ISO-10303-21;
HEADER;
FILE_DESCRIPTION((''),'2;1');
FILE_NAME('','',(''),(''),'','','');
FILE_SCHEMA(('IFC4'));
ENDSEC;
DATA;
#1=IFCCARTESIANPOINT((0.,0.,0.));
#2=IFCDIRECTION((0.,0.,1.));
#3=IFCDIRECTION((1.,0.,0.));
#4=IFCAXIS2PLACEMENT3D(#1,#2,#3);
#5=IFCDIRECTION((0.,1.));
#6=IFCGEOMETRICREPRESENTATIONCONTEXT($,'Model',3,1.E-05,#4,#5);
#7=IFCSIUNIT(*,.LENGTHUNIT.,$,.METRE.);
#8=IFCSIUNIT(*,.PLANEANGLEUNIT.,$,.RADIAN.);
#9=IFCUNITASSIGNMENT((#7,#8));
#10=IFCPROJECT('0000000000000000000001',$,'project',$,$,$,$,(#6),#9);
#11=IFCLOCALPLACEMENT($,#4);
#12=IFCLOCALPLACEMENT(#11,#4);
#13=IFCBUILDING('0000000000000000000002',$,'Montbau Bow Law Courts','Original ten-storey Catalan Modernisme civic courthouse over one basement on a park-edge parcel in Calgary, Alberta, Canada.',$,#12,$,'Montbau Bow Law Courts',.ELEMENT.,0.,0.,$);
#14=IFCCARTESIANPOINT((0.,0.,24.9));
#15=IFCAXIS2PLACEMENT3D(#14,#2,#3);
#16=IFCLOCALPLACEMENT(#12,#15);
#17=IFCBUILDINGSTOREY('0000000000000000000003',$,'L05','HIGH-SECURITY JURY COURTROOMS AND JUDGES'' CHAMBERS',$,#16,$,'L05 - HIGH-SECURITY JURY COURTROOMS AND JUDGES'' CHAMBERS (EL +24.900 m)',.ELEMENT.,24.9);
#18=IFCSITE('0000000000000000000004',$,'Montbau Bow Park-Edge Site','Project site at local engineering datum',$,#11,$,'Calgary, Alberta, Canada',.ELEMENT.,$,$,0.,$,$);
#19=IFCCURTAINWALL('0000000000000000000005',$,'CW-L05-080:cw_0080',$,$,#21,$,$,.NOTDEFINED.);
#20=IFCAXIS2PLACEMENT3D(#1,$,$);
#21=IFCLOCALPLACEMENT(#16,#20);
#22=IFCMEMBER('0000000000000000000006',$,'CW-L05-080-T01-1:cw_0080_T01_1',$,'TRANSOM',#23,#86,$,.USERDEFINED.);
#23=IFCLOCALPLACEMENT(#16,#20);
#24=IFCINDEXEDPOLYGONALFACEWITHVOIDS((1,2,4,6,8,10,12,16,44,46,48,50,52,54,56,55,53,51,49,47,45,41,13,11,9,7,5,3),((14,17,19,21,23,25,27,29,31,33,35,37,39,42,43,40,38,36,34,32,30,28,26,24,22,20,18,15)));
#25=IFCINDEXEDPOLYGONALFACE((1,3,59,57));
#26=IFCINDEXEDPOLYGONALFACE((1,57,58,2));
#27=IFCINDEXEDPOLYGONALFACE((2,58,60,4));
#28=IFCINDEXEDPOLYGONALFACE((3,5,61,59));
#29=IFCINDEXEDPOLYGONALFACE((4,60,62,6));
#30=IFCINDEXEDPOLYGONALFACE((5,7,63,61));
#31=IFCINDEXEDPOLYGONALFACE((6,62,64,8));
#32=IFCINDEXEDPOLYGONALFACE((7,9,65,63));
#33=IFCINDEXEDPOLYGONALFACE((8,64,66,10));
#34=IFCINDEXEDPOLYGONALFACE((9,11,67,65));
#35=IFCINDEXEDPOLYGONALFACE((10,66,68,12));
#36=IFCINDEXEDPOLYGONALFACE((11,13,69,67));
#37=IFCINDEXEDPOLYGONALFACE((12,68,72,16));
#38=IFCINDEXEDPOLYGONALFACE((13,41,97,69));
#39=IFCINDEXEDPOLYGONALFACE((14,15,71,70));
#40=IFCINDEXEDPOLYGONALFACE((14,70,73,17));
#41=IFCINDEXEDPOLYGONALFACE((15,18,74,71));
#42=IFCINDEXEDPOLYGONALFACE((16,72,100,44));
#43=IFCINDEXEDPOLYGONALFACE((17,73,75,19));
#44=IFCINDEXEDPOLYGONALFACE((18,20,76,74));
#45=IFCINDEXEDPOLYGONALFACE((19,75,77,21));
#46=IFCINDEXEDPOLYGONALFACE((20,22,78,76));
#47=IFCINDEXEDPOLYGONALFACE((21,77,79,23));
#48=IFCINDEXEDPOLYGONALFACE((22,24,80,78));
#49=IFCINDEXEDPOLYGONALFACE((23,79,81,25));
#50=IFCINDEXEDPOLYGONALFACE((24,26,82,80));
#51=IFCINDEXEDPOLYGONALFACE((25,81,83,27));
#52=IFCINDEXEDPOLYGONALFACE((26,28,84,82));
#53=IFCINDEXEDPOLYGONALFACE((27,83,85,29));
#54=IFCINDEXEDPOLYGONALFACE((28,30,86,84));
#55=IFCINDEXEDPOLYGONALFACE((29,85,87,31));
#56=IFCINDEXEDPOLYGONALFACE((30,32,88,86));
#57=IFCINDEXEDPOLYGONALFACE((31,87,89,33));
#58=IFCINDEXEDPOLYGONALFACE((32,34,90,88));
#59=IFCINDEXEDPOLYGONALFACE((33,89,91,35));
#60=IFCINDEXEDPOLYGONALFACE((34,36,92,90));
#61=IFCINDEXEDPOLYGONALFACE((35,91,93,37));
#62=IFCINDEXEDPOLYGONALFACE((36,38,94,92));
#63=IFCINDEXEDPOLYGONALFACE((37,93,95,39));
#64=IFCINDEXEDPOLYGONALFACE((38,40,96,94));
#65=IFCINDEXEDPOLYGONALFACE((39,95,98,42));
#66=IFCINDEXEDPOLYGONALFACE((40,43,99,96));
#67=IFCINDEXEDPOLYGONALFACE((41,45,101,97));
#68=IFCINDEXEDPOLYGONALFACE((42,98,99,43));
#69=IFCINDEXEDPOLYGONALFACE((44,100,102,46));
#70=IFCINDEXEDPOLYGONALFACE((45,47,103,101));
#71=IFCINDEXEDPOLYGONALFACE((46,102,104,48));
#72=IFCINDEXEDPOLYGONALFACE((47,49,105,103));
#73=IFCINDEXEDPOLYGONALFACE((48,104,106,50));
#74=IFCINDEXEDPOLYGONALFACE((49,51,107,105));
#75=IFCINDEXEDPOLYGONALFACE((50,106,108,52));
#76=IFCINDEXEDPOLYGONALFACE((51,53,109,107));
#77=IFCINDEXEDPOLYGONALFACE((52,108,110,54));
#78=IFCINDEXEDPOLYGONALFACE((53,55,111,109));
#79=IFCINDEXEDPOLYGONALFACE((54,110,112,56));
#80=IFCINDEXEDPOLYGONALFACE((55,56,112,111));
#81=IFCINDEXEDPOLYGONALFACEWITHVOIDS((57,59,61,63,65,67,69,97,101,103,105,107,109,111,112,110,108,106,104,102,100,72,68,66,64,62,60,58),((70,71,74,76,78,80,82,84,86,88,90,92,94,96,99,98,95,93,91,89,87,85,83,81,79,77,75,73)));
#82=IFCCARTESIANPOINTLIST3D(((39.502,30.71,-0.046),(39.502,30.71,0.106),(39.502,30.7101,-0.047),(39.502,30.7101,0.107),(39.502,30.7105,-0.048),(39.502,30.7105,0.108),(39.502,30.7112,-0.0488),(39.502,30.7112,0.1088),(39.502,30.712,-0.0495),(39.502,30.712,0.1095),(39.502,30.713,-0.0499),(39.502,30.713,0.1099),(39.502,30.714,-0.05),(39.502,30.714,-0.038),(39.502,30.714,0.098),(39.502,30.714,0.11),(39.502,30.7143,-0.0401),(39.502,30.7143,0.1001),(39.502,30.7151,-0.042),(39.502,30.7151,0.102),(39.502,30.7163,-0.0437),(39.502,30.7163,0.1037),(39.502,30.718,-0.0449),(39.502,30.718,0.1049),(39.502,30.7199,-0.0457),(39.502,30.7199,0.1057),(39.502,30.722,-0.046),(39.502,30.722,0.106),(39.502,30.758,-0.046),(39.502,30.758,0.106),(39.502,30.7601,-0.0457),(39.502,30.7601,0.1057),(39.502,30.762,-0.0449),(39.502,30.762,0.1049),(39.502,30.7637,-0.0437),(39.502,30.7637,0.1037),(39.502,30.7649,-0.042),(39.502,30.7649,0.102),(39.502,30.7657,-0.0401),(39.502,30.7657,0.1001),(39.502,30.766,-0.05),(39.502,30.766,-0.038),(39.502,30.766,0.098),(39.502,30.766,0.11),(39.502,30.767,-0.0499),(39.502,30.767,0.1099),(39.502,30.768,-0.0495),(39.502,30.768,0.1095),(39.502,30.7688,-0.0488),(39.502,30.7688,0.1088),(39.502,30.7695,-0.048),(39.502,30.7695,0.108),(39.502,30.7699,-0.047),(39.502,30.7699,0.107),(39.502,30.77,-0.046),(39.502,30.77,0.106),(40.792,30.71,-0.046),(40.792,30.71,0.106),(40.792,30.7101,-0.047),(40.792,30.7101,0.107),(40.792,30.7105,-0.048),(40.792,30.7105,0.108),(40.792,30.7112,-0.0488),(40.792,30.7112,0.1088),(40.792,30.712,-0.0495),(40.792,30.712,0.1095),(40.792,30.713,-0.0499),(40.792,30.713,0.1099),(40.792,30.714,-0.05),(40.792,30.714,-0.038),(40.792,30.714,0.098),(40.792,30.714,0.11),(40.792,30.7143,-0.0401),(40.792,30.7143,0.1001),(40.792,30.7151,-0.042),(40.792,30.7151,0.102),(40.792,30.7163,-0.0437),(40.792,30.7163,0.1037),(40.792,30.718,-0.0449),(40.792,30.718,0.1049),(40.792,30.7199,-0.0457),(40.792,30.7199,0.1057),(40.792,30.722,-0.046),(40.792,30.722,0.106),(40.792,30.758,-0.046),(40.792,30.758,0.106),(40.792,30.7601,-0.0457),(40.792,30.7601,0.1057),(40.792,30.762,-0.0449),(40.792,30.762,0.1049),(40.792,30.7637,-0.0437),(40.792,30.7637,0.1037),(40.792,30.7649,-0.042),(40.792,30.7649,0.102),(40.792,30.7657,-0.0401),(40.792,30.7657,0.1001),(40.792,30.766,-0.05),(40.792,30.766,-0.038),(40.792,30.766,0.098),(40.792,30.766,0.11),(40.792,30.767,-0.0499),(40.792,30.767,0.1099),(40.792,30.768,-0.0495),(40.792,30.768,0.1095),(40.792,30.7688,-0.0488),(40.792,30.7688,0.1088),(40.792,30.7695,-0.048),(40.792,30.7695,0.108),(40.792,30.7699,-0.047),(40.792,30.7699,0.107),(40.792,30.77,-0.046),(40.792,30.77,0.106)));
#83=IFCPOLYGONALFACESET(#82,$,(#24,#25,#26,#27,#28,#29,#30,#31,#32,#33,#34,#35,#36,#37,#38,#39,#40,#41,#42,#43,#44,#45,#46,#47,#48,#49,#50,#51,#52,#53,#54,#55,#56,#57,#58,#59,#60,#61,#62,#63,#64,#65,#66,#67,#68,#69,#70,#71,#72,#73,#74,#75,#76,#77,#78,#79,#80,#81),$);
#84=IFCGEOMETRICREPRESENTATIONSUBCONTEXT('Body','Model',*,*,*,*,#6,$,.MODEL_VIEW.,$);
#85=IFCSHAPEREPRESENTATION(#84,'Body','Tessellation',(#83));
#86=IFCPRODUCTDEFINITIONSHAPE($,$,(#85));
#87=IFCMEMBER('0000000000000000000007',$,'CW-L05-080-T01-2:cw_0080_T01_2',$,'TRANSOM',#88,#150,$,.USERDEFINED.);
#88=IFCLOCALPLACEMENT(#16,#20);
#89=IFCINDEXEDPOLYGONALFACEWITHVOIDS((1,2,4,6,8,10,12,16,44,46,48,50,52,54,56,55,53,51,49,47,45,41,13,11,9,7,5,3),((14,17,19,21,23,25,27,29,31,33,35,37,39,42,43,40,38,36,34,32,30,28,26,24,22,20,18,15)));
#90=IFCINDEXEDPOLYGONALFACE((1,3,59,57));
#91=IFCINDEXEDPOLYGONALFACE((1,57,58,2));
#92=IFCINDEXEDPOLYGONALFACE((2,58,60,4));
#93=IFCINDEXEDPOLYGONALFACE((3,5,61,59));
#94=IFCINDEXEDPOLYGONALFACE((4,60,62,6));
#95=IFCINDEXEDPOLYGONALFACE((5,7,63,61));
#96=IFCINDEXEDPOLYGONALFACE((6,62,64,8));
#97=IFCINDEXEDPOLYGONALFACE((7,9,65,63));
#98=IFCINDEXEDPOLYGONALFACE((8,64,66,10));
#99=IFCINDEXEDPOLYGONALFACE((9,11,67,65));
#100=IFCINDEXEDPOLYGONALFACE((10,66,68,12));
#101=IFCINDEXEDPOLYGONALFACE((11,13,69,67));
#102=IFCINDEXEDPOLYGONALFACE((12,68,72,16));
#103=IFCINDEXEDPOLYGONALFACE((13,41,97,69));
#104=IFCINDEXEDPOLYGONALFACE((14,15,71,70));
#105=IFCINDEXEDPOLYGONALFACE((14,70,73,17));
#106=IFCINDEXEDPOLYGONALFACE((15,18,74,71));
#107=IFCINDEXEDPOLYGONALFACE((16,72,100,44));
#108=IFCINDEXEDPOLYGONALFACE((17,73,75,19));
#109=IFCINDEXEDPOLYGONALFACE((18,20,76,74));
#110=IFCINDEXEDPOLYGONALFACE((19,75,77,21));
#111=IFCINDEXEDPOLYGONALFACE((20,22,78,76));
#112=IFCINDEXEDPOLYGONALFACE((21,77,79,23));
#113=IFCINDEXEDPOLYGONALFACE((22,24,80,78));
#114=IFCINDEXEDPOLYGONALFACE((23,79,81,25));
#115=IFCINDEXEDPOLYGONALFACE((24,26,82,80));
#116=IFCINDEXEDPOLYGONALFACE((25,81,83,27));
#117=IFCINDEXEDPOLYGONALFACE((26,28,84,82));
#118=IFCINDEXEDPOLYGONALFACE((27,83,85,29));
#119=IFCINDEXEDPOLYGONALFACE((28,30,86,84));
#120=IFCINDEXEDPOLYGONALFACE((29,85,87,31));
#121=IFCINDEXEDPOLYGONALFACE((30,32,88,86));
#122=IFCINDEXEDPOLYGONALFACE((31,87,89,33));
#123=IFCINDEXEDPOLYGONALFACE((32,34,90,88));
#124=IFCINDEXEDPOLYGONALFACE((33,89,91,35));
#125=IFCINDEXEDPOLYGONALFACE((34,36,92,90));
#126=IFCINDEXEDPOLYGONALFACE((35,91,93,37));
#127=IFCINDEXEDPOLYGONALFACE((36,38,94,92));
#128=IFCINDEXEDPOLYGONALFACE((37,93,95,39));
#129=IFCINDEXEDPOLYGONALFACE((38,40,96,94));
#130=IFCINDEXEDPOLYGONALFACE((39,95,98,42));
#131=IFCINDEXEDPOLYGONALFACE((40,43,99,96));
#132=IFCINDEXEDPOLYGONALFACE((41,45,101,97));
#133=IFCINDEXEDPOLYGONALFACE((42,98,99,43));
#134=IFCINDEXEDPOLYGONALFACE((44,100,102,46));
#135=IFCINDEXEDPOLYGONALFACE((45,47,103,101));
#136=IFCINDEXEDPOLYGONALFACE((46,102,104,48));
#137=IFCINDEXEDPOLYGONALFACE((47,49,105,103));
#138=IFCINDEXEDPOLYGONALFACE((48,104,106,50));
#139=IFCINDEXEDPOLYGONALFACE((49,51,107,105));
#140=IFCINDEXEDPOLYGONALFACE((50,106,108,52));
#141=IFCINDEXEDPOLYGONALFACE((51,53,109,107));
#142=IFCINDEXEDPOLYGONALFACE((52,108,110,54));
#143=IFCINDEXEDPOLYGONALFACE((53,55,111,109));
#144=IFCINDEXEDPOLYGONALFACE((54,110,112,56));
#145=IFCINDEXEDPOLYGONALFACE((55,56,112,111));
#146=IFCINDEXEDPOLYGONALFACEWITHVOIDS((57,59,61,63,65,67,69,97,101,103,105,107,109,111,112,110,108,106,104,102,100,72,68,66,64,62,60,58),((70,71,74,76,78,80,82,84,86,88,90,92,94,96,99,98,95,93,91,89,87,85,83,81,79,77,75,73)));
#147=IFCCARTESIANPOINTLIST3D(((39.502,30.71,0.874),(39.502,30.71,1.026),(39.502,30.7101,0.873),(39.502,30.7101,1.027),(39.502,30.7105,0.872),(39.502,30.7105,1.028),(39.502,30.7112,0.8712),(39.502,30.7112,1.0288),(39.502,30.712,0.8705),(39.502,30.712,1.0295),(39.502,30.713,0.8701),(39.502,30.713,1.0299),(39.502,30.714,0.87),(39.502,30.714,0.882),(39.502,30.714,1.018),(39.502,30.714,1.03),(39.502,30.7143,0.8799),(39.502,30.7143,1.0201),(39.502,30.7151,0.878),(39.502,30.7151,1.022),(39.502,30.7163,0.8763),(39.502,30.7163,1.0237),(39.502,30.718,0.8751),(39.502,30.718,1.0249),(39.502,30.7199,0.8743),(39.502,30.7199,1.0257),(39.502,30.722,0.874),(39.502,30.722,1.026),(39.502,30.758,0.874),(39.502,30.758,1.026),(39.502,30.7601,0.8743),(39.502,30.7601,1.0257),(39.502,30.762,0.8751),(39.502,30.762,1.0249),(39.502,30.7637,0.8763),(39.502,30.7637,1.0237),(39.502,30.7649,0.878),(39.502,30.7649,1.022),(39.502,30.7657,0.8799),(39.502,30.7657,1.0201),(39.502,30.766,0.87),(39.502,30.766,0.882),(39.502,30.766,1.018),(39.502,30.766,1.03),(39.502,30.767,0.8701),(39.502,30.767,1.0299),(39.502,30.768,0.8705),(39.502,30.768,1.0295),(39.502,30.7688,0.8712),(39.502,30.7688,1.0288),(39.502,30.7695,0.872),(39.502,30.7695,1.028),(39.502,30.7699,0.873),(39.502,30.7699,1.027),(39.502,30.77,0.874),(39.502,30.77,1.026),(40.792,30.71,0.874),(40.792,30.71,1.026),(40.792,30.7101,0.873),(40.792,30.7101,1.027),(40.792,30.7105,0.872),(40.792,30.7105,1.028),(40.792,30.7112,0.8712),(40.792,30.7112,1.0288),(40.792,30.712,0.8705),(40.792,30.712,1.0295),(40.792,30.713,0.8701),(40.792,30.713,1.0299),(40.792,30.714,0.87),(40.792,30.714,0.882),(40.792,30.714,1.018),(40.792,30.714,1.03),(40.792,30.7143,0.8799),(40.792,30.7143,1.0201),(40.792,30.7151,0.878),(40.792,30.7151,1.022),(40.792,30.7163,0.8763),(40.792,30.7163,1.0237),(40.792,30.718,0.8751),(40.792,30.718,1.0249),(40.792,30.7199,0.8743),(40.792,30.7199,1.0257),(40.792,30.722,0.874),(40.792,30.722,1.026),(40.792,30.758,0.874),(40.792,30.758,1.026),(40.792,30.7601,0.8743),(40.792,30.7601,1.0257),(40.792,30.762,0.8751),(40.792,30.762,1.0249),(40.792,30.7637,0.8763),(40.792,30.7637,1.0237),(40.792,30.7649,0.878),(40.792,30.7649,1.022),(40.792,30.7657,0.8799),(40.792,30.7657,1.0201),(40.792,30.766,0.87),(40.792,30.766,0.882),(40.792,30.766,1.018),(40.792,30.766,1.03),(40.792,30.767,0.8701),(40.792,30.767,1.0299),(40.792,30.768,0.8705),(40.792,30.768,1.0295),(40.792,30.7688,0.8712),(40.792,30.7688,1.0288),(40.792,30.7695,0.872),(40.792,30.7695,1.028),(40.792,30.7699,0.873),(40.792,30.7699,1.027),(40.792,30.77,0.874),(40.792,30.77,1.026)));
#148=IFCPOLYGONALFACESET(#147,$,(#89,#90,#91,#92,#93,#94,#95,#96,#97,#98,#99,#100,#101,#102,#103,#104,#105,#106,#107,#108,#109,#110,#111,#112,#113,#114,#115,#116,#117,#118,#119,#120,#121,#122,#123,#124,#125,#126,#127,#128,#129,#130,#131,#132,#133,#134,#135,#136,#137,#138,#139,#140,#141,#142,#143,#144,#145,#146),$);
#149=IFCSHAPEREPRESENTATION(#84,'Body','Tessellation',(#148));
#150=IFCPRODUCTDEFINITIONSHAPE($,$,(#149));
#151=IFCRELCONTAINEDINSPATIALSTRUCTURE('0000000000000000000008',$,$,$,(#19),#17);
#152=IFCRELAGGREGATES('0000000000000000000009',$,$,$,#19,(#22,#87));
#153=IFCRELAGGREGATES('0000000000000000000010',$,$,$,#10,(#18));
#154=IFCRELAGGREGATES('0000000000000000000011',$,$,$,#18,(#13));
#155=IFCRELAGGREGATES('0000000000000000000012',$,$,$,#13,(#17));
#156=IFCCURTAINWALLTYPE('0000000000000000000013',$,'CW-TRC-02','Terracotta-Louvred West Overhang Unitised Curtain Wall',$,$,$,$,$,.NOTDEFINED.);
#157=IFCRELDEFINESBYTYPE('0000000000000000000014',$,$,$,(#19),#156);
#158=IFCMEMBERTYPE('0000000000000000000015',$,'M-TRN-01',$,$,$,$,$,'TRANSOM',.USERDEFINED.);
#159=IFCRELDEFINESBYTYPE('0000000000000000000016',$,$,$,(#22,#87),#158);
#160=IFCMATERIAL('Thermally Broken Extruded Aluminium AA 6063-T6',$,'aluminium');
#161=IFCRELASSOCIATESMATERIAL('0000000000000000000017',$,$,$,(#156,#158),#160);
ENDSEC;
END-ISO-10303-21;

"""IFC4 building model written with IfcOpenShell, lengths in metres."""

from ifc_helpers import new_model, si_unit, direction, frame, origin_with_axes, origin_2d_with_axis, place, context, subcontext, project, spatial, hollow_rectangle, extrude, material, material_profile, profile_set, type_object, element, aggregate, save


model = new_model("IFC4")

# Units and contexts
model_context = context("Model", 3, precision=1e-05, world=origin_with_axes(), true_north=direction((0.0, 1.0)))
body_context = subcontext(model_context, "Body", "Model", "MODEL_VIEW")
ifc_project = project(units=[si_unit("LENGTHUNIT", "METRE"), si_unit("PLANEANGLEUNIT", "RADIAN")], contexts=[model_context])

# Site, building, storey
site_placement = place(None, origin_with_axes())
site = spatial("IfcSite", under=ifc_project, at=site_placement, Name="Montbau Bow Park-Edge Site", Description="Project site at local engineering datum", LongName="Calgary, Alberta, Canada", CompositionType="ELEMENT", RefElevation=0.0)
building_placement = place(site_placement, origin_with_axes())
building = spatial("IfcBuilding", under=site, at=building_placement, Name="Montbau Bow Law Courts", Description="Original ten-storey Catalan Modernisme civic courthouse over one basement on a park-edge parcel in Calgary, Alberta, Canada.", LongName="Montbau Bow Law Courts", CompositionType="ELEMENT", ElevationOfRefHeight=0.0, ElevationOfTerrain=0.0)
storey_placement = place(building_placement, frame((0.0, 0.0, 24.9), z_axis=(0.0, 0.0, 1.0), x_axis=(1.0, 0.0, 0.0)))
storey = spatial("IfcBuildingStorey", under=building, at=storey_placement, Name="L05", Description="HIGH-SECURITY JURY COURTROOMS AND JUDGES' CHAMBERS", LongName="L05 - HIGH-SECURITY JURY COURTROOMS AND JUDGES' CHAMBERS (EL +24.900 m)", CompositionType="ELEMENT", Elevation=24.9)

# Curtain wall, members
ifc_material_1 = material(Name="Thermally Broken Extruded Aluminium AA 6063-T6", Category="aluminium")
curtain_wall_type = type_object("IfcCurtainWallType", Name="CW-TRC-02", Description="Terracotta-Louvred West Overhang Unitised Curtain Wall", PredefinedType="NOTDEFINED", material=ifc_material_1)
curtain_wall_placement = place(None, frame((39.44, 30.74, 24.9), z_axis=(0.0, 0.0, 1.0), x_axis=(1.0, 0.0, 0.0)))
curtain_wall = element("IfcCurtainWall", 1, at=curtain_wall_placement, inside=storey, type_object=curtain_wall_type, Name="CW-L05-080:cw_0080", PredefinedType="NOTDEFINED")
ifc_material_profile_1 = material_profile(ifc_material_1, hollow_rectangle(XDim=0.06, YDim=0.16, WallThickness=0.004, InnerFilletRadius=0.008, OuterFilletRadius=0.004, at=origin_2d_with_axis()), Name="CWT-160X60", Category="Main", Priority=0)
ifc_profile_set_1 = profile_set([ifc_material_profile_1], Name="Thermally Broken Extruded Aluminium AA 6063-T6")
member_type_1 = type_object("IfcMemberType", Name="M-TRN-01", ElementType="TRANSOM", PredefinedType="USERDEFINED", material=ifc_profile_set_1)
member_1_placement = place(None, frame((39.502, 30.74, 24.93), z_axis=(1.0, 0.0, 0.0), x_axis=(0.0, 1.0, 0.0)))
member_1 = element("IfcMember", 2, at=member_1_placement, type_object=member_type_1, Name="CW-L05-080-T01-1:cw_0080_T01_1", ObjectType="TRANSOM", PredefinedType="USERDEFINED", context=body_context, shape_type="SweptSolid", body=[
    extrude(hollow_rectangle(XDim=0.06, YDim=0.16, WallThickness=0.004, InnerFilletRadius=0.008, OuterFilletRadius=0.004, at=origin_2d_with_axis()), origin_with_axes(), (0.0, 0.0, 1.0), 1.29),
])
member_2_placement = place(None, frame((39.502, 30.74, 25.85), z_axis=(1.0, 0.0, 0.0), x_axis=(0.0, 1.0, 0.0)))
member_2 = element("IfcMember", 3, at=member_2_placement, type_object=member_type_1, Name="CW-L05-080-T01-2:cw_0080_T01_2", ObjectType="TRANSOM", PredefinedType="USERDEFINED", context=body_context, shape_type="SweptSolid", body=[
    extrude(hollow_rectangle(XDim=0.06, YDim=0.16, WallThickness=0.004, InnerFilletRadius=0.008, OuterFilletRadius=0.004, at=origin_2d_with_axis()), origin_with_axes(), (0.0, 0.0, 1.0), 1.29),
])
aggregate(curtain_wall, [member_1, member_2])

save(model, "model.ifc")
